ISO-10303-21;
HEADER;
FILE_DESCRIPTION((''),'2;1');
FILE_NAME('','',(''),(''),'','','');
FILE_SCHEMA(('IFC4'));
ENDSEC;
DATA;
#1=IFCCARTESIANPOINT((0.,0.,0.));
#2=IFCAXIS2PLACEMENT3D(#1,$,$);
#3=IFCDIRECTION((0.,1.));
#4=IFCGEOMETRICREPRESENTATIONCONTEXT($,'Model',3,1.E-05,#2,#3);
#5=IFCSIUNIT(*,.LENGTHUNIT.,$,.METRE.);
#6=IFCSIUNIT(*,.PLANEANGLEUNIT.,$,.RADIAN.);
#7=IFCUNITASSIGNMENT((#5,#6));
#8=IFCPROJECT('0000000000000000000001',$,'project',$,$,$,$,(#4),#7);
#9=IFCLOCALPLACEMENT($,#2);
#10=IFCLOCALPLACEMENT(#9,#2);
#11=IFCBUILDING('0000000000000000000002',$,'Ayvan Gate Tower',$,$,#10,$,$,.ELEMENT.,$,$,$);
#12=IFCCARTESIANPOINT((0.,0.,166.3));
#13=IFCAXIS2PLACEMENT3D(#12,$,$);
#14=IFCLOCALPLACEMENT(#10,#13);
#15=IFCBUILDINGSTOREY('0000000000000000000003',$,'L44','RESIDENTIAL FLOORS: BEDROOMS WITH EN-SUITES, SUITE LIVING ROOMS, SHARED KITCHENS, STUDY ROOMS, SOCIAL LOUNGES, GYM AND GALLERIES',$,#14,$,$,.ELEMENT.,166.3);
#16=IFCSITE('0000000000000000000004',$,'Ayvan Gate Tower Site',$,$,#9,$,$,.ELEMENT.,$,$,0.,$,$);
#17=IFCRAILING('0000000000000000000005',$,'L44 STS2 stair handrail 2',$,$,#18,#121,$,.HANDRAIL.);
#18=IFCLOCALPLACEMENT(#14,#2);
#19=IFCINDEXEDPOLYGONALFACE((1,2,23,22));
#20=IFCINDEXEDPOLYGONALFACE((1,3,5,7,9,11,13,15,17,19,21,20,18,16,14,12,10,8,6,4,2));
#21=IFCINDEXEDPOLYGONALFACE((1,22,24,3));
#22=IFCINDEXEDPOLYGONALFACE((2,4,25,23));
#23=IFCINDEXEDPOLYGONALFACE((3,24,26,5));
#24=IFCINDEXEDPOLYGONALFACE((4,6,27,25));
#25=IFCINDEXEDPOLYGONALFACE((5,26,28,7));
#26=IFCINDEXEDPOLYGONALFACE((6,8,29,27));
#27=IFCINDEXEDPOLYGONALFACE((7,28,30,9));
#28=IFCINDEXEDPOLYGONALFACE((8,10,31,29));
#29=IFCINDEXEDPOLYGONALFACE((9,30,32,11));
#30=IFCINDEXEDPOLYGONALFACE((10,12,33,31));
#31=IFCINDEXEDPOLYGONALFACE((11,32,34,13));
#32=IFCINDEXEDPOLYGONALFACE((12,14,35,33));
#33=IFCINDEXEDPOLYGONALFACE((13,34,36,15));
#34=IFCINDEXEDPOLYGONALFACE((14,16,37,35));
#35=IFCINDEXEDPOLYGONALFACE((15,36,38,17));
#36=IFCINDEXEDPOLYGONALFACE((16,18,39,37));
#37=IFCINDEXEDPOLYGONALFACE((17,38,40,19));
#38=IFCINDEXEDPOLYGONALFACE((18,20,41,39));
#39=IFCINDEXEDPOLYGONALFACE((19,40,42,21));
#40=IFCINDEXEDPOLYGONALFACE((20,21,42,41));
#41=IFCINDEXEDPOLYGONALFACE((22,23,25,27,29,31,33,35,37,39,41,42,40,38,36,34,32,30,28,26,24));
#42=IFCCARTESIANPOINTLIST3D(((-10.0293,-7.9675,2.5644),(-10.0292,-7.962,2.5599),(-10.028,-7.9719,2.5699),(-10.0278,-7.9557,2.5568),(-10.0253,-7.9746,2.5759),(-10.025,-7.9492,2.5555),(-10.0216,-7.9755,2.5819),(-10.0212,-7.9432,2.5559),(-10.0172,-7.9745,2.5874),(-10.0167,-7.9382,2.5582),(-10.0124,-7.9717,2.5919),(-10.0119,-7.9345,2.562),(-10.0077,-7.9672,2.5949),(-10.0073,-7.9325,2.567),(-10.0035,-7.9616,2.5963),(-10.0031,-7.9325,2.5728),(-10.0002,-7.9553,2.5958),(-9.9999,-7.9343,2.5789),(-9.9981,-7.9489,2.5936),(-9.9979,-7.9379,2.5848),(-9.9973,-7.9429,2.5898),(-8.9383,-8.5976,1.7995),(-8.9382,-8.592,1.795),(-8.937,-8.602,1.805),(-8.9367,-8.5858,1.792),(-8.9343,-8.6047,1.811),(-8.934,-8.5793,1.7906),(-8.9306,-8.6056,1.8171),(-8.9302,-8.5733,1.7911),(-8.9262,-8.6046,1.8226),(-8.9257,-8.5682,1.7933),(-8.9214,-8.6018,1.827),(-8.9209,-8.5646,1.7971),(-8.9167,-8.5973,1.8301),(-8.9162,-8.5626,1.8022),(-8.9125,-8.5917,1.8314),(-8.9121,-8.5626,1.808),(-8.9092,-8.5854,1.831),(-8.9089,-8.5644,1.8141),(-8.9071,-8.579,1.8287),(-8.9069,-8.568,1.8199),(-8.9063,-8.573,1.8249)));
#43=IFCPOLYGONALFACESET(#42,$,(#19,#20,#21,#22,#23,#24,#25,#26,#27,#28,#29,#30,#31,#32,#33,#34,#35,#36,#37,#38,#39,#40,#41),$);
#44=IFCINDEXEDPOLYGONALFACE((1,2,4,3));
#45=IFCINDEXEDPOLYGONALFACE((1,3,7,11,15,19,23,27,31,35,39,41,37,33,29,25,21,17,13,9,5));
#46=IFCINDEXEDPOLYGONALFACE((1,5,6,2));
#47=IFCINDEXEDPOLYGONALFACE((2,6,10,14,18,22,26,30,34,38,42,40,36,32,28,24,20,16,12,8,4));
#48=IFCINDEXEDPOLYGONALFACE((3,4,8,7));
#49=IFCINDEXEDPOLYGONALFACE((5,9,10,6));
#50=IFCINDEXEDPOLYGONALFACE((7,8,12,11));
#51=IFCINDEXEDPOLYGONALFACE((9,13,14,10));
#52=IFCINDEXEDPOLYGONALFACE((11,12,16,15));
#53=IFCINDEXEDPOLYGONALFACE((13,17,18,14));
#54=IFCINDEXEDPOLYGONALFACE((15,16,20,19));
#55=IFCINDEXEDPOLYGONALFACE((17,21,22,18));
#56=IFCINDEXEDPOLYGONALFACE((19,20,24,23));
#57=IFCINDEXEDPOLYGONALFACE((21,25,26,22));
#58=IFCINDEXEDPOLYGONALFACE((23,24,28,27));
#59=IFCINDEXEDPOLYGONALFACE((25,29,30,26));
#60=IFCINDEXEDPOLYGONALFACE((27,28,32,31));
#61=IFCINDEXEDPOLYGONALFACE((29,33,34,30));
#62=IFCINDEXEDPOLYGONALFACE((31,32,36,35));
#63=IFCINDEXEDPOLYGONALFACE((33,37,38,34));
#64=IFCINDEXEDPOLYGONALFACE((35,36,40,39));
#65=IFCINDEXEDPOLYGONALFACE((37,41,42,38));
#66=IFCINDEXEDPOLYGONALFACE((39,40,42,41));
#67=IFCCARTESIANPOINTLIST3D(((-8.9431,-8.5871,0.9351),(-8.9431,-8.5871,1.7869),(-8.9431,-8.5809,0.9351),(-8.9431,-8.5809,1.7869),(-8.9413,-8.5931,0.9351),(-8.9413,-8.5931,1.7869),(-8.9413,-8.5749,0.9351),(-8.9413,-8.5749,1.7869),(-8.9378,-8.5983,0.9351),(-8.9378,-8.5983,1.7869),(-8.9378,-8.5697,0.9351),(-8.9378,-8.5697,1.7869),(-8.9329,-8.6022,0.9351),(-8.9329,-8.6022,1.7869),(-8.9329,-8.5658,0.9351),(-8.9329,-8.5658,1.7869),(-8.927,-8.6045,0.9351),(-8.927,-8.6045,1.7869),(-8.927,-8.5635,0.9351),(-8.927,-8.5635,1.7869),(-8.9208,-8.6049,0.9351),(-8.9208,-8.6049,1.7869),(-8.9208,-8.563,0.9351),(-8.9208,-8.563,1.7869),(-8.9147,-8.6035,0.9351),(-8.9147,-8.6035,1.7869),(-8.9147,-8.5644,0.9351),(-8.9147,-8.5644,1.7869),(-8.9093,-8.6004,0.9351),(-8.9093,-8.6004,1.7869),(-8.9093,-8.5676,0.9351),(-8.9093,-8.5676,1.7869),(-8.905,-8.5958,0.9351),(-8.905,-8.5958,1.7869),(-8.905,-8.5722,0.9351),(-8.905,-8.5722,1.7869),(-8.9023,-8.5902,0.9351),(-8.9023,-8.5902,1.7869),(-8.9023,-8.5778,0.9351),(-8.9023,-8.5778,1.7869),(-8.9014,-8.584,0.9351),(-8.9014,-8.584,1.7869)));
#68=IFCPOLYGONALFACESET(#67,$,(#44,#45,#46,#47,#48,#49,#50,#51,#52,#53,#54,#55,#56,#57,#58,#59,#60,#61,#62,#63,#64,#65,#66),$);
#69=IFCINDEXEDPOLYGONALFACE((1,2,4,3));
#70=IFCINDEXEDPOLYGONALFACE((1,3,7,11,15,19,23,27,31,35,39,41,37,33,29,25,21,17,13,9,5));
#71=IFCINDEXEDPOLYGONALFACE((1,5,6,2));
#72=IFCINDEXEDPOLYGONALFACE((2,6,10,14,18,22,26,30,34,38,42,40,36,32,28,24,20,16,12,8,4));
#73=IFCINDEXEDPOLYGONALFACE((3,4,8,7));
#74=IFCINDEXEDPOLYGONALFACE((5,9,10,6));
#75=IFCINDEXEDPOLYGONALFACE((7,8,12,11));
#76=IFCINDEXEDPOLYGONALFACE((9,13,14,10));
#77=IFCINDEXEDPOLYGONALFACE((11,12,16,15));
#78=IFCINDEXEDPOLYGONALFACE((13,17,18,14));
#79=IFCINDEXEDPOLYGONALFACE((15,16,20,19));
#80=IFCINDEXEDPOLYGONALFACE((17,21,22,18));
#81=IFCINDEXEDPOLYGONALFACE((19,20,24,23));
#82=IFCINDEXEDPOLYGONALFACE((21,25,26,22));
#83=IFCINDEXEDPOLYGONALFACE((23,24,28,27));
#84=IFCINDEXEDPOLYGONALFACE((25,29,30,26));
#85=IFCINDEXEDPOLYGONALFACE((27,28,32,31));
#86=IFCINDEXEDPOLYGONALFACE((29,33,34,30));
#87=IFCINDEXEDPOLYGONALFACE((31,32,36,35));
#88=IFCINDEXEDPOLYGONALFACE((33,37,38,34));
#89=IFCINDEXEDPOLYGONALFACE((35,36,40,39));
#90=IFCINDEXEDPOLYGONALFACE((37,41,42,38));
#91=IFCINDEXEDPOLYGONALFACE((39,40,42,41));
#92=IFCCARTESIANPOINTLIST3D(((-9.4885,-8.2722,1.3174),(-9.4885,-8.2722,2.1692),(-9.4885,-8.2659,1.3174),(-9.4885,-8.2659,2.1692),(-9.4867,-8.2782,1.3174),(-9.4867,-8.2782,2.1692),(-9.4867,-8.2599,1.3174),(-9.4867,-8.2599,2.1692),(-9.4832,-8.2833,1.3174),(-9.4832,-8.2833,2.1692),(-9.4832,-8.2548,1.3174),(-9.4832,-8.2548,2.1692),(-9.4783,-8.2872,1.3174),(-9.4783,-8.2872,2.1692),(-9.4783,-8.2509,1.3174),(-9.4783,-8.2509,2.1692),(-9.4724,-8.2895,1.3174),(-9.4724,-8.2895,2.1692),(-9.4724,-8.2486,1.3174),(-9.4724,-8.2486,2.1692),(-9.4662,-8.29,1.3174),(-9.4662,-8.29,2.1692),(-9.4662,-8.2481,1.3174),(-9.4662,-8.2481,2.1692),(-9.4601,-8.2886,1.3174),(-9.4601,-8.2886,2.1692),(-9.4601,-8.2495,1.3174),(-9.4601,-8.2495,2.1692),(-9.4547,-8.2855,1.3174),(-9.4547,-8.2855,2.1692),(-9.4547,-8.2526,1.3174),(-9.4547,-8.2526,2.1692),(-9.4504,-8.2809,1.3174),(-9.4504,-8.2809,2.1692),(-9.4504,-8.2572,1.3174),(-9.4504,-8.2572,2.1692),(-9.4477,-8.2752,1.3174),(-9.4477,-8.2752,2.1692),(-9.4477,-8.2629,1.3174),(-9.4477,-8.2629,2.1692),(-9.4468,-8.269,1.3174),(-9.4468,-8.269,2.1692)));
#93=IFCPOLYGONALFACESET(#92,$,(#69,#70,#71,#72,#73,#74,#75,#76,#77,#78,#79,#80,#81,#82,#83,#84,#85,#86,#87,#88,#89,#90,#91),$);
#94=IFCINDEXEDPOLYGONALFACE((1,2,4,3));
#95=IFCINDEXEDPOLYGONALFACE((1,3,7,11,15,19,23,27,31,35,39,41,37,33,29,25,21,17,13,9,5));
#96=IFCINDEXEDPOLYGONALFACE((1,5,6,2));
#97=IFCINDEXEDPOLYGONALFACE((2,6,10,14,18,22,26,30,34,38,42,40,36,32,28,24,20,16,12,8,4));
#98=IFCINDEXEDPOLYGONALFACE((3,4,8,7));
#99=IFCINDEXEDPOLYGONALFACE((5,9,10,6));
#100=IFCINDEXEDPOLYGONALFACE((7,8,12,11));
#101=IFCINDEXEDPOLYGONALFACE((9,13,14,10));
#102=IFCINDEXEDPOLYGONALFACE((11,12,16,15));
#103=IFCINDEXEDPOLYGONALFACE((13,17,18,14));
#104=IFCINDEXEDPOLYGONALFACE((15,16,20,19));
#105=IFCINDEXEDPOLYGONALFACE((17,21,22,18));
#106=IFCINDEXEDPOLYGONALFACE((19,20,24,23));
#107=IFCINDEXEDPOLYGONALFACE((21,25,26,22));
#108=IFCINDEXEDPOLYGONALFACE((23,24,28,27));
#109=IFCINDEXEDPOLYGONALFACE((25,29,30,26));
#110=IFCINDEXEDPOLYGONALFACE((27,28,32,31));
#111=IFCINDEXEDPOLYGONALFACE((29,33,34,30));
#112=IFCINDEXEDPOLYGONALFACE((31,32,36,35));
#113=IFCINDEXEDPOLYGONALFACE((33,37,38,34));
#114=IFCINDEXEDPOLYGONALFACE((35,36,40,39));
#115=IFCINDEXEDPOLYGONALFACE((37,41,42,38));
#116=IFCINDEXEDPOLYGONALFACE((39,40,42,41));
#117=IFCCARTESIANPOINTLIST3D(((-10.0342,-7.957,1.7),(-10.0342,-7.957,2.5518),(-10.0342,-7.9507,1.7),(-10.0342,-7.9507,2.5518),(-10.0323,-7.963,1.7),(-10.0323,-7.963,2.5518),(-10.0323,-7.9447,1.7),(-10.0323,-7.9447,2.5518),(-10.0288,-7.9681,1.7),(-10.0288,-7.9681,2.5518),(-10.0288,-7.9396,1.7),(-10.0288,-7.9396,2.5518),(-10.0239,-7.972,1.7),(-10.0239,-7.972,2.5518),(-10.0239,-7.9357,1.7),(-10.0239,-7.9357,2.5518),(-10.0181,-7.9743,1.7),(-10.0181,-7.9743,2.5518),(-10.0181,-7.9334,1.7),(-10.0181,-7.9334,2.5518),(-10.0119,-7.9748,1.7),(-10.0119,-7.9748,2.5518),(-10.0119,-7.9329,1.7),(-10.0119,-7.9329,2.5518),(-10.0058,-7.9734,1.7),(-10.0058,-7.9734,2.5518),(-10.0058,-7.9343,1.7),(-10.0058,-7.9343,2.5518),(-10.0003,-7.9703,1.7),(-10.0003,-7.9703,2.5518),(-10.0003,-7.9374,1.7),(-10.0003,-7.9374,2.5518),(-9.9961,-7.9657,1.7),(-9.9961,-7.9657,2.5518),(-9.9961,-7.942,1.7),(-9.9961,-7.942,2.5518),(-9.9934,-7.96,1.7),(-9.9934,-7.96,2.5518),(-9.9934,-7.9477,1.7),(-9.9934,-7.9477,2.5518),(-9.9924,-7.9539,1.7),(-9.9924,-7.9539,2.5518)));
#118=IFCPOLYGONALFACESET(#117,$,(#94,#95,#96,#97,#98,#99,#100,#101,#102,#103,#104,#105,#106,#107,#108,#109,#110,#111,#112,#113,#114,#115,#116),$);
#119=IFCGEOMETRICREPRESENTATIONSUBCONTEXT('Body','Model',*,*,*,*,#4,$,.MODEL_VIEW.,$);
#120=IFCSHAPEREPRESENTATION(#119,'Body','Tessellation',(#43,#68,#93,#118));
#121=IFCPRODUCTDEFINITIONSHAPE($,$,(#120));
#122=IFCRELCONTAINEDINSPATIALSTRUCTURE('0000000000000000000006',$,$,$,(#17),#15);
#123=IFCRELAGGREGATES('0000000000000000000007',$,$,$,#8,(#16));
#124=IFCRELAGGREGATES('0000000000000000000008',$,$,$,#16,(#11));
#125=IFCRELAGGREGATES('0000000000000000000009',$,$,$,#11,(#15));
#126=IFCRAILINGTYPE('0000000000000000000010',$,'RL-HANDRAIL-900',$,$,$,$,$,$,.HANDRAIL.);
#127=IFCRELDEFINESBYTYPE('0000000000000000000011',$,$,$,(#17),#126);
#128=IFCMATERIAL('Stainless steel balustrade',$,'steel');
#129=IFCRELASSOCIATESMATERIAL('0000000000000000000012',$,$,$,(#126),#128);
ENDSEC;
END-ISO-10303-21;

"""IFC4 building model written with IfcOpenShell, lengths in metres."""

from ifc_helpers import new_model, si_unit, direction, frame, origin, origin_2d, place, context, subcontext, project, spatial, circle, extrude, material, type_object, element, save


model = new_model("IFC4")

# Units and contexts
model_context = context("Model", 3, precision=1e-05, world=origin(), true_north=direction((0.0, 1.0)))
body_context = subcontext(model_context, "Body", "Model", "MODEL_VIEW")
ifc_project = project(units=[si_unit("LENGTHUNIT", "METRE"), si_unit("PLANEANGLEUNIT", "RADIAN")], contexts=[model_context])

# Site, building, storey
site_placement = place(None, origin())
site = spatial("IfcSite", under=ifc_project, at=site_placement, Name="Ayvan Gate Tower Site", CompositionType="ELEMENT", RefElevation=0.0)
building_placement = place(site_placement, origin())
building = spatial("IfcBuilding", under=site, at=building_placement, Name="Ayvan Gate Tower", CompositionType="ELEMENT")
storey_placement = place(building_placement, frame((0.0, 0.0, 166.3)))
storey = spatial("IfcBuildingStorey", under=building, at=storey_placement, Name="L44", Description="RESIDENTIAL FLOORS: BEDROOMS WITH EN-SUITES, SUITE LIVING ROOMS, SHARED KITCHENS, STUDY ROOMS, SOCIAL LOUNGES, GYM AND GALLERIES", CompositionType="ELEMENT", Elevation=166.3)

# Railing
ifc_material_1 = material(Name="Stainless steel balustrade", Category="steel")
railing_type_1 = type_object("IfcRailingType", Name="RL-HANDRAIL-900", PredefinedType="HANDRAIL", material=ifc_material_1)
railing_1_placement = place(storey_placement, frame((-8.9224, -8.584, 0.9351)))
element("IfcRailing", 1, at=railing_1_placement, inside=storey, type_object=railing_type_1, Name="L44 STS2 stair handrail 2", PredefinedType="HANDRAIL", context=body_context, shape_type="SweptSolid", body=[
    extrude(circle(Radius=0.0239, at=origin_2d()), frame((0.0, 0.0, 0.876), z_axis=(-0.740229, 0.427508, 0.518939), x_axis=(-0.500119, -0.865956, 0.0)), (0.0, 0.0, 1.0), 1.4739),
    extrude(circle(Radius=0.021, at=origin_2d()), origin(), (0.0, 0.0, 1.0), 0.8518),
    extrude(circle(Radius=0.021, at=origin_2d()), frame((-0.5454, 0.3149, 0.3823)), (0.0, 0.0, 1.0), 0.8518),
    extrude(circle(Radius=0.021, at=origin_2d()), frame((-1.0911, 0.6301, 0.7649)), (0.0, 0.0, 1.0), 0.8518),
])

save(model, "model.ifc")
